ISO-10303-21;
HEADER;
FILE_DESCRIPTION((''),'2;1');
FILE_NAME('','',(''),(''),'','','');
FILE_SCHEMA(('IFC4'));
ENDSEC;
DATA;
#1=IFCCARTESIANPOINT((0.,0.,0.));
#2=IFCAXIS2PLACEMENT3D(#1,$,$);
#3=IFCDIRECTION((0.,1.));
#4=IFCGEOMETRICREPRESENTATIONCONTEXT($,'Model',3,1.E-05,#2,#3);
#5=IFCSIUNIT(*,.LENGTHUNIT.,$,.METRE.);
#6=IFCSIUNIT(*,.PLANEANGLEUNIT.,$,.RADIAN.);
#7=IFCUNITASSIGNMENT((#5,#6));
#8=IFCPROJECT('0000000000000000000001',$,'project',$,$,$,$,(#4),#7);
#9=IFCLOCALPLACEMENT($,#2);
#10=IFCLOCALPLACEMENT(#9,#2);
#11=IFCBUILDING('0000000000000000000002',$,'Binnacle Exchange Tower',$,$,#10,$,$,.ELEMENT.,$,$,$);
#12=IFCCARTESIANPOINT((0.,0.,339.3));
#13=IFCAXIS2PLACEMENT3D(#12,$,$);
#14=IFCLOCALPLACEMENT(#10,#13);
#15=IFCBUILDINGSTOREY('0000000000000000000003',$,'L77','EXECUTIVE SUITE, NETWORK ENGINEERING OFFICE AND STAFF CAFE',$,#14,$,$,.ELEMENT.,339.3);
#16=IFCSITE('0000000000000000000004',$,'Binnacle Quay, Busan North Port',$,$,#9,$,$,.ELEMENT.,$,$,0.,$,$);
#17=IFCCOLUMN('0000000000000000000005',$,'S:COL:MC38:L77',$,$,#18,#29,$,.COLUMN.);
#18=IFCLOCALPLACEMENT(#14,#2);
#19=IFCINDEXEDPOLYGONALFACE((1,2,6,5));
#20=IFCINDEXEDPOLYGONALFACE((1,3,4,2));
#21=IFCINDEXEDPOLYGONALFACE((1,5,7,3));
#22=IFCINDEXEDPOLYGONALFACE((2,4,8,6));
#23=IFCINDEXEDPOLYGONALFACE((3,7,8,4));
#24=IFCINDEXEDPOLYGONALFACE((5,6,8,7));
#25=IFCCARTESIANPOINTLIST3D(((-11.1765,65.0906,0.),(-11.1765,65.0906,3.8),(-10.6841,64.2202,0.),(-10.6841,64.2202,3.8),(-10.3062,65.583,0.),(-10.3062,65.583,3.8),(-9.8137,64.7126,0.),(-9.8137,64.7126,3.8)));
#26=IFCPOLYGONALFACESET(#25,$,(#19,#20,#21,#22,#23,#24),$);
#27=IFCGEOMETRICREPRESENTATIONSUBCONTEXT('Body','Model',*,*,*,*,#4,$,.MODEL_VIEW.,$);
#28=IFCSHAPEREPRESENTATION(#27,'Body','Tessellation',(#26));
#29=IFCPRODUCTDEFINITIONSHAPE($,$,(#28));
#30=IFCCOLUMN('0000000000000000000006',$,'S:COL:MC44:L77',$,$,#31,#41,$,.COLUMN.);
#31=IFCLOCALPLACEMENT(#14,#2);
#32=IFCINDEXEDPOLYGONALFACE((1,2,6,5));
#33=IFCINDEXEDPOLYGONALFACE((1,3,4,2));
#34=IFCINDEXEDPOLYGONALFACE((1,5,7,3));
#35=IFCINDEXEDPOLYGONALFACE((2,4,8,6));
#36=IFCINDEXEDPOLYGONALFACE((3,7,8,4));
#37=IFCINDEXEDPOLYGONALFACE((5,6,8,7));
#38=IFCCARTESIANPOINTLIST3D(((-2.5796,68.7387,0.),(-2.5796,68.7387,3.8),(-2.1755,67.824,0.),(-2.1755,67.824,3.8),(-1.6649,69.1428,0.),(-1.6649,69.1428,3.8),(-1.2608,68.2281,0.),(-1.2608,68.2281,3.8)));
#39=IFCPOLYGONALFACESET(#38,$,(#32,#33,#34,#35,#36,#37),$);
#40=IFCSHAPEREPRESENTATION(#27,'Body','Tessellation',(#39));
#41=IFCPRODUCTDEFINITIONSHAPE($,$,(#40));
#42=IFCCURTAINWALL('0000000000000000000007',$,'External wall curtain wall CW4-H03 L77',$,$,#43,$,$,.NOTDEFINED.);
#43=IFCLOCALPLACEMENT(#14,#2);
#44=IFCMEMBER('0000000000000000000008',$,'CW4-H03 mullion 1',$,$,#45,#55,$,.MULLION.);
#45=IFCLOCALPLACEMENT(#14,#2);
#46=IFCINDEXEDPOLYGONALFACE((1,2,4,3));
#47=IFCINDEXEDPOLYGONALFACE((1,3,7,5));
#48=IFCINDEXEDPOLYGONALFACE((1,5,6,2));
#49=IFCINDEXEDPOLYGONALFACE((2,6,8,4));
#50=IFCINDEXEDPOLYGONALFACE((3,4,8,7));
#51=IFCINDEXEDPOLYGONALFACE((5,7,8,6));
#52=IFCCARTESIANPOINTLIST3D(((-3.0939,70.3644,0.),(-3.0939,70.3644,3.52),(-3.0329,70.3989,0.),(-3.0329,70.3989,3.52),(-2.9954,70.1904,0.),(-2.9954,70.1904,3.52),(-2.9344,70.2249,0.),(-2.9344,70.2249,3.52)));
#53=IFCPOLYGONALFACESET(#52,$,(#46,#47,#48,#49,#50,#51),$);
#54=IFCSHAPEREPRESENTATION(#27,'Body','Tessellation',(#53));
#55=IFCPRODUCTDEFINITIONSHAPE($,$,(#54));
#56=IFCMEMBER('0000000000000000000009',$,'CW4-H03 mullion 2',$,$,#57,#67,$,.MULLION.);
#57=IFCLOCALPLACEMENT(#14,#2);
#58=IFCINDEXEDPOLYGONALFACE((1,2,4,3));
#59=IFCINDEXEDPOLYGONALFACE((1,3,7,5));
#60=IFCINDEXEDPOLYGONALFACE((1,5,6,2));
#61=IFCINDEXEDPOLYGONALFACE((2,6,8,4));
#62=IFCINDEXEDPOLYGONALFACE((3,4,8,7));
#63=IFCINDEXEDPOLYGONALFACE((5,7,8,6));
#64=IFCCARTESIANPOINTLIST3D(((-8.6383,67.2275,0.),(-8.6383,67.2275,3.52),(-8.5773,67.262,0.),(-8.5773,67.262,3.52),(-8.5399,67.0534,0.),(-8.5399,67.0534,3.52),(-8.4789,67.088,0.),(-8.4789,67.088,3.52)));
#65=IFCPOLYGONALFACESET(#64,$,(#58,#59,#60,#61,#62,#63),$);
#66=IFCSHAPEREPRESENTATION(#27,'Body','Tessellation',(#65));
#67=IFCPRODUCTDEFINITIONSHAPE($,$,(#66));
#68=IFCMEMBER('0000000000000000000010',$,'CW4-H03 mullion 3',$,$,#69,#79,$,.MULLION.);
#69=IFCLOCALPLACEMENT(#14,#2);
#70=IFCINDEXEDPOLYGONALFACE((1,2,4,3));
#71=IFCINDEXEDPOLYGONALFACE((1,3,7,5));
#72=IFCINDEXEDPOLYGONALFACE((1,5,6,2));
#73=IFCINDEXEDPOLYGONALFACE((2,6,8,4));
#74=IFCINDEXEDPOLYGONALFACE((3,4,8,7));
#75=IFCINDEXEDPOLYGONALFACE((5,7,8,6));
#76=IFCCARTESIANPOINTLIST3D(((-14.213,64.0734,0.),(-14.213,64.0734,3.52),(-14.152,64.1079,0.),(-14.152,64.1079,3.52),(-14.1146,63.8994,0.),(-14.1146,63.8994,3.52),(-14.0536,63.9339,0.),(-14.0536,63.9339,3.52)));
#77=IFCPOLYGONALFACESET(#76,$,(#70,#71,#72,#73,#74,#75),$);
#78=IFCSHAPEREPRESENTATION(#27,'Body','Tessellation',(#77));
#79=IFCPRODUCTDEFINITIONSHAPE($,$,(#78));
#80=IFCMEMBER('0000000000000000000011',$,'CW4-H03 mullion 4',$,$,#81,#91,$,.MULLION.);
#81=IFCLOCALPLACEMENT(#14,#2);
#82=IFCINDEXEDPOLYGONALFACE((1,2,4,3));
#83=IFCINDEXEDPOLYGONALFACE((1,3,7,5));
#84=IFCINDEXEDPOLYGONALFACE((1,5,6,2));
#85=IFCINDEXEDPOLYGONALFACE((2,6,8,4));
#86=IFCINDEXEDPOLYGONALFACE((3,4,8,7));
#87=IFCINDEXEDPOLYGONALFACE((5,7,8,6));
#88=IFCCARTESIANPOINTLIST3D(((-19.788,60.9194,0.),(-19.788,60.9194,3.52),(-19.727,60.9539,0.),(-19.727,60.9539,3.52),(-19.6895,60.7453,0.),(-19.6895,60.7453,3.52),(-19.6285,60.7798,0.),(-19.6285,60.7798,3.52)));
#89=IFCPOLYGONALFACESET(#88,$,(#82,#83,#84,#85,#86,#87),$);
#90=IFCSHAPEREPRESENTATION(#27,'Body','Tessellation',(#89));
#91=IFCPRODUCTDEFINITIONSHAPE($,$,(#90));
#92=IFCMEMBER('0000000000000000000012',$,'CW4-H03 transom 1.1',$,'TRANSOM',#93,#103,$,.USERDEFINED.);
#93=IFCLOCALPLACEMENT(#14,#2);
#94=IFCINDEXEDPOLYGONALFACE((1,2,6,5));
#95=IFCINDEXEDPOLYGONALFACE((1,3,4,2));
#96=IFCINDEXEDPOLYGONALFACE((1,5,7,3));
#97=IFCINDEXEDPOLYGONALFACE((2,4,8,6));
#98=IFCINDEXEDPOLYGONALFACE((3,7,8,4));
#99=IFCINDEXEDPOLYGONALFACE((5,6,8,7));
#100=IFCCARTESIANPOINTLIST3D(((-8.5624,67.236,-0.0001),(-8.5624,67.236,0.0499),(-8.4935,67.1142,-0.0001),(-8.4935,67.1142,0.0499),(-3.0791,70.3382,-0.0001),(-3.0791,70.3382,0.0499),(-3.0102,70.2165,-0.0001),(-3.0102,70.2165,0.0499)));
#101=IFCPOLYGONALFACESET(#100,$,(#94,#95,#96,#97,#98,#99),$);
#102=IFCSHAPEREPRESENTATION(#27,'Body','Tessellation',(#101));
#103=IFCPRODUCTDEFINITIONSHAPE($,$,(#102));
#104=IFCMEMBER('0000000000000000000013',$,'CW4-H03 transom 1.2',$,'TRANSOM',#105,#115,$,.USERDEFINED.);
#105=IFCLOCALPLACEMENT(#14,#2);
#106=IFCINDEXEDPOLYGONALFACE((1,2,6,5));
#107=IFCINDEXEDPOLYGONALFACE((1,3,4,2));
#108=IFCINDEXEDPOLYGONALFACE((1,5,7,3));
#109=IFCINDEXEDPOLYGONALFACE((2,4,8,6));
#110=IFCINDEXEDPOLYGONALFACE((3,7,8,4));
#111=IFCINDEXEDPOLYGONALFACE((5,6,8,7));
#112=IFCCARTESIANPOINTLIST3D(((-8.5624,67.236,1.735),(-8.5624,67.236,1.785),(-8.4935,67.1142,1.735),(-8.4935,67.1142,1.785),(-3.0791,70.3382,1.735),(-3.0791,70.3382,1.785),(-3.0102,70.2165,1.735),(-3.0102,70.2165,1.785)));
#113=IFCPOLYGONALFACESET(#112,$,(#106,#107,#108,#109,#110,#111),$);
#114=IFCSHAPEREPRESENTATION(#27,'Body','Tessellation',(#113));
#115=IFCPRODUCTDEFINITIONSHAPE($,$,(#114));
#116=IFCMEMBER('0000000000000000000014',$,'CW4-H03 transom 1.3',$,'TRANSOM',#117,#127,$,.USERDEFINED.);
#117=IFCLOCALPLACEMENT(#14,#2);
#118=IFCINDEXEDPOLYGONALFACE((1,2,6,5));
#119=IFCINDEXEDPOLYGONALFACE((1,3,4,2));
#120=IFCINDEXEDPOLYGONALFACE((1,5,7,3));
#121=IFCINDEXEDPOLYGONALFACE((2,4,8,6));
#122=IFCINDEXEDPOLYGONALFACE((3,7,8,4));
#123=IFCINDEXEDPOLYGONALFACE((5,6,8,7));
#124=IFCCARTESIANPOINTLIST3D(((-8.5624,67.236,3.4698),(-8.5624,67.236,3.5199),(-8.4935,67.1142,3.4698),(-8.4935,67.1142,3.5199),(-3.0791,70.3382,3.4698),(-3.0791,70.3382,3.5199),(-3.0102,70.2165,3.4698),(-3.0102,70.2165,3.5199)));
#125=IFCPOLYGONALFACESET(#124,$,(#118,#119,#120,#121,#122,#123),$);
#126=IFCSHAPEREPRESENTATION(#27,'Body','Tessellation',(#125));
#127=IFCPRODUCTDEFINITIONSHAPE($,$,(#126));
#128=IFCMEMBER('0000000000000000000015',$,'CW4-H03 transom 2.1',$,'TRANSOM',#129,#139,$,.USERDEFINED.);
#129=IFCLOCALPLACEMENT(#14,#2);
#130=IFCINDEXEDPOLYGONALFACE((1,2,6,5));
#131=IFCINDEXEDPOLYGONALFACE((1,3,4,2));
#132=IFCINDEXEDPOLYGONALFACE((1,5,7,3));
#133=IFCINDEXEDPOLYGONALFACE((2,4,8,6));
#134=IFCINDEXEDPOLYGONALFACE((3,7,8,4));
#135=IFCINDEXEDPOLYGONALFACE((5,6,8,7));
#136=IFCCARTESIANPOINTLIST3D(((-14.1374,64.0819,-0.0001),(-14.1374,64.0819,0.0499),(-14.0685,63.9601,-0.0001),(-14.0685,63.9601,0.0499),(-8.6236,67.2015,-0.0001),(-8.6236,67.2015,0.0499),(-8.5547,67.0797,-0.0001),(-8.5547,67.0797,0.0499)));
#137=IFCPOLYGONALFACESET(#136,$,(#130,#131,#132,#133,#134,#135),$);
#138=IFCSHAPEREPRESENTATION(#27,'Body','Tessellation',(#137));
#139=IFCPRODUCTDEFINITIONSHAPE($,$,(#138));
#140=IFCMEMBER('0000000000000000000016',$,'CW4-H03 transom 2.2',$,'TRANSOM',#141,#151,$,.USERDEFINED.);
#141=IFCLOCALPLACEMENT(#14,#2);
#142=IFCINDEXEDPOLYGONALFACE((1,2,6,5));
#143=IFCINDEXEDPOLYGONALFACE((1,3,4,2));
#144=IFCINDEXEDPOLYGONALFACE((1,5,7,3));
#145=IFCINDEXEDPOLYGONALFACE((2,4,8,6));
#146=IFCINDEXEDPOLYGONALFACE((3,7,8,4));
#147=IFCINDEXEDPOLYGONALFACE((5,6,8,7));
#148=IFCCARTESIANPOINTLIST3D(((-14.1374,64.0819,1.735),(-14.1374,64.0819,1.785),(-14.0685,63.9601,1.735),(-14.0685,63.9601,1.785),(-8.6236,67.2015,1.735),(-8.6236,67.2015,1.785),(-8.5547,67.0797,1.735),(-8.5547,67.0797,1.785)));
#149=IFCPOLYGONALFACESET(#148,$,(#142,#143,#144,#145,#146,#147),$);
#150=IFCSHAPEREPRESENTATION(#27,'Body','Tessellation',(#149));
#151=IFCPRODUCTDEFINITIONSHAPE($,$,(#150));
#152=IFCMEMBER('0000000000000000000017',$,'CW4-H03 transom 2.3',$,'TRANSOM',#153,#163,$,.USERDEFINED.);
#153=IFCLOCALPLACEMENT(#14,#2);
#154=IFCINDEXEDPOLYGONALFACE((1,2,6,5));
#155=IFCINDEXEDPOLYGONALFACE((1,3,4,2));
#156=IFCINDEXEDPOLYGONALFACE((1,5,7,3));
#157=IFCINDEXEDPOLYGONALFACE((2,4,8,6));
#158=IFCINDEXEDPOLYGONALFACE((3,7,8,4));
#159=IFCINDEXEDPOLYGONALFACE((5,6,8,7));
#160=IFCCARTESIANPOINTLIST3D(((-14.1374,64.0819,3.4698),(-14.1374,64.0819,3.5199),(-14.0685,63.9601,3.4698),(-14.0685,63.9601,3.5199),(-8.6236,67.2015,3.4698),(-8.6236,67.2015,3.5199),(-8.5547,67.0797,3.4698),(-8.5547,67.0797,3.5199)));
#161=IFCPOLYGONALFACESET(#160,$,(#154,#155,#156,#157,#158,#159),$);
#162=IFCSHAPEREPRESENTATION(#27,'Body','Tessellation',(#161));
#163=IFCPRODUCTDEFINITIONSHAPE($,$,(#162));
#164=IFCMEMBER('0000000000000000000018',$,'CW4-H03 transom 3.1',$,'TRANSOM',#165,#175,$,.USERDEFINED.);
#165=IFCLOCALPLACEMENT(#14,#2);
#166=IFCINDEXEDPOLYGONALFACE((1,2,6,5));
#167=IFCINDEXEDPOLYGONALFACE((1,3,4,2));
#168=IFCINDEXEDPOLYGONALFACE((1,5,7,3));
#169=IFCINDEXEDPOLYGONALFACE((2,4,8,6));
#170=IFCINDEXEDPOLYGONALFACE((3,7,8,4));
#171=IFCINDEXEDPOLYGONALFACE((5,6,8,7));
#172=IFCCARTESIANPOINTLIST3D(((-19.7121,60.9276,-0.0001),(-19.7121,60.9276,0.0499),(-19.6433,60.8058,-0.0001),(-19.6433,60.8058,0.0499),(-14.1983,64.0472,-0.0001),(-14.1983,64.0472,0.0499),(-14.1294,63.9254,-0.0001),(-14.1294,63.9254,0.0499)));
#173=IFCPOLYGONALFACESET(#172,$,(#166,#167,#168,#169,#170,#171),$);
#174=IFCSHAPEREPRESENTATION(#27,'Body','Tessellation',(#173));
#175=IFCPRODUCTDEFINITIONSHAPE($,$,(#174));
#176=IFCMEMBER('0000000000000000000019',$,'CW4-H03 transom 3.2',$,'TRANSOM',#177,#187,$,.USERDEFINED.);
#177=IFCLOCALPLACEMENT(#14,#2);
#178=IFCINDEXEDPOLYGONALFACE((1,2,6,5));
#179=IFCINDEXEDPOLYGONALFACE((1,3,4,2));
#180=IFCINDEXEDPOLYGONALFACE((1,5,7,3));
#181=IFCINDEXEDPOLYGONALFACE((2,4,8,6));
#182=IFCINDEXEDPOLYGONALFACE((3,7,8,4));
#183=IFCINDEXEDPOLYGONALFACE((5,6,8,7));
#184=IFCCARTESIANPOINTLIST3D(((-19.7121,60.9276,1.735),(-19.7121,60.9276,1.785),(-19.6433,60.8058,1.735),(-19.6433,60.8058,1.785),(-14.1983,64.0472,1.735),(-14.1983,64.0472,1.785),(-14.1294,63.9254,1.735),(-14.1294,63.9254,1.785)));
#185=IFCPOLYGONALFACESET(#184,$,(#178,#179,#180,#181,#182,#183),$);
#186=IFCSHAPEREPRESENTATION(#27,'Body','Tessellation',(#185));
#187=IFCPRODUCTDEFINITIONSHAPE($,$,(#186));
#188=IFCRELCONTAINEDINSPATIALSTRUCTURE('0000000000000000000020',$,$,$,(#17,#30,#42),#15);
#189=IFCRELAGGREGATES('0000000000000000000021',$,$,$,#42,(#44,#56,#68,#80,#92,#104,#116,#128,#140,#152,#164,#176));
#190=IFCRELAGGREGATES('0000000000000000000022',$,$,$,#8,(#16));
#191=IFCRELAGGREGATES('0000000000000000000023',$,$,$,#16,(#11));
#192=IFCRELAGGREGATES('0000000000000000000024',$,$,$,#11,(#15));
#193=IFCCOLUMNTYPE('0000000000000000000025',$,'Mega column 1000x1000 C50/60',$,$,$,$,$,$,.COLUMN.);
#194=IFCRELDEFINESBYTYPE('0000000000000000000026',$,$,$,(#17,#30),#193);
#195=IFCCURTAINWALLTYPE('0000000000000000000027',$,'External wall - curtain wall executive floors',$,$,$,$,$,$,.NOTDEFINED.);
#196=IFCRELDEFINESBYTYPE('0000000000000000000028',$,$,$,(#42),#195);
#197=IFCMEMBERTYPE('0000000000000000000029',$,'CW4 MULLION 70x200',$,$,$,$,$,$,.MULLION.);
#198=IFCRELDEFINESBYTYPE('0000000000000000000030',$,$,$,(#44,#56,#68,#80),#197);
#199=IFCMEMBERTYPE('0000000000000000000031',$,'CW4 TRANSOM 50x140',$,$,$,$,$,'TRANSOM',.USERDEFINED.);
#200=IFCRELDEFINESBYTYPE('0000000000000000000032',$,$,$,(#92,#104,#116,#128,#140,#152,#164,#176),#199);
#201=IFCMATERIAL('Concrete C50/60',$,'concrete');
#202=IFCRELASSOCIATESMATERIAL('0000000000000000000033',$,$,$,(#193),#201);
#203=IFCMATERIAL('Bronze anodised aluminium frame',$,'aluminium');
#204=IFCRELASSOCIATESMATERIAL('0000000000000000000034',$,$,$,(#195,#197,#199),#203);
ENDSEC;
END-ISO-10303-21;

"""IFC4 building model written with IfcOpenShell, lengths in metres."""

from ifc_helpers import new_model, si_unit, direction, frame, origin, origin_2d, place, context, subcontext, project, spatial, rectangle, extrude, material, material_profile, profile_set, type_object, element, aggregate, save


model = new_model("IFC4")

# Units and contexts
model_context = context("Model", 3, precision=1e-05, world=origin(), true_north=direction((0.0, 1.0)))
body_context = subcontext(model_context, "Body", "Model", "MODEL_VIEW")
ifc_project = project(units=[si_unit("LENGTHUNIT", "METRE"), si_unit("PLANEANGLEUNIT", "RADIAN")], contexts=[model_context])

# Site, building, storey
site_placement = place(None, origin())
site = spatial("IfcSite", under=ifc_project, at=site_placement, Name="Binnacle Quay, Busan North Port", CompositionType="ELEMENT", RefElevation=0.0)
building_placement = place(site_placement, origin())
building = spatial("IfcBuilding", under=site, at=building_placement, Name="Binnacle Exchange Tower", CompositionType="ELEMENT")
storey_placement = place(building_placement, frame((0.0, 0.0, 339.3)))
storey = spatial("IfcBuildingStorey", under=building, at=storey_placement, Name="L77", Description="EXECUTIVE SUITE, NETWORK ENGINEERING OFFICE AND STAFF CAFE", CompositionType="ELEMENT", Elevation=339.3)

# Columns
ifc_material_1 = material(Name="Concrete C50/60", Category="concrete")
ifc_material_profile_1 = material_profile(ifc_material_1, rectangle(XDim=1.0, YDim=1.0, at=origin_2d()), Name="Mega column 1000x1000 C50/60")
ifc_profile_set_1 = profile_set([ifc_material_profile_1], Name="Concrete C50/60")
column_type = type_object("IfcColumnType", Name="Mega column 1000x1000 C50/60", PredefinedType="COLUMN", material=ifc_profile_set_1)
for number, where, z_axis, x_axis, name in (
    (1, (-10.4951, 64.9016, 0.0), (0.0, 0.0, 1.0), (-0.870356, -0.492424, 0.0), "S:COL:MC38:L77"),
    (2, (-1.9202, 68.4834, 0.0), (0.0, 0.0, 1.0), (-0.914713, -0.404104, 0.0), "S:COL:MC44:L77"),
):
    element("IfcColumn", number, at=place(storey_placement, frame(where, z_axis=z_axis, x_axis=x_axis)), inside=storey, type_object=column_type, Name=name, PredefinedType="COLUMN", context=body_context, shape_type="SweptSolid", body=[
        extrude(rectangle(XDim=1.0, YDim=1.0, at=origin_2d()), origin(), (0.0, 0.0, 1.0), 3.8),
    ])

# Curtain wall, members
ifc_material_2 = material(Name="Bronze anodised aluminium frame", Category="aluminium")
curtain_wall_type = type_object("IfcCurtainWallType", Name="External wall - curtain wall executive floors", PredefinedType="NOTDEFINED", material=ifc_material_2)
curtain_wall_placement = place(storey_placement, origin())
curtain_wall = element("IfcCurtainWall", 3, at=curtain_wall_placement, inside=storey, type_object=curtain_wall_type, Name="External wall curtain wall CW4-H03 L77", PredefinedType="NOTDEFINED")
ifc_material_profile_2 = material_profile(ifc_material_2, rectangle(XDim=0.2, YDim=0.0701, at=origin_2d()), Name="AL 70x200")
ifc_profile_set_2 = profile_set([ifc_material_profile_2], Name="Bronze anodised aluminium frame")
member_type_1 = type_object("IfcMemberType", Name="CW4 MULLION 70x200", PredefinedType="MULLION", material=ifc_profile_set_2)
member_1_placement = place(storey_placement, frame((-3.0142, 70.2947, 0.0), z_axis=(0.0, 0.0, 1.0), x_axis=(0.492424, -0.870356, 0.0)))
member_1 = element("IfcMember", 4, at=member_1_placement, type_object=member_type_1, Name="CW4-H03 mullion 1", PredefinedType="MULLION", context=body_context, shape_type="SweptSolid", body=[
    extrude(rectangle(XDim=0.2, YDim=0.0701, at=origin_2d()), origin(), (0.0, 0.0, 1.0), 3.52),
])
member_2_placement = place(storey_placement, frame((-8.5586, 67.1577, 0.0), z_axis=(0.0, 0.0, 1.0), x_axis=(0.492424, -0.870356, 0.0)))
member_2 = element("IfcMember", 5, at=member_2_placement, type_object=member_type_1, Name="CW4-H03 mullion 2", PredefinedType="MULLION", context=body_context, shape_type="SweptSolid", body=[
    extrude(rectangle(XDim=0.2, YDim=0.0701, at=origin_2d()), origin(), (0.0, 0.0, 1.0), 3.52),
])
member_3_placement = place(storey_placement, frame((-14.1333, 64.0037, 0.0), z_axis=(0.0, 0.0, 1.0), x_axis=(0.492424, -0.870356, 0.0)))
member_3 = element("IfcMember", 6, at=member_3_placement, type_object=member_type_1, Name="CW4-H03 mullion 3", PredefinedType="MULLION", context=body_context, shape_type="SweptSolid", body=[
    extrude(rectangle(XDim=0.2, YDim=0.0701, at=origin_2d()), origin(), (0.0, 0.0, 1.0), 3.52),
])
member_4_placement = place(storey_placement, frame((-19.7083, 60.8496, 0.0), z_axis=(0.0, 0.0, 1.0), x_axis=(0.492424, -0.870356, 0.0)))
member_4 = element("IfcMember", 7, at=member_4_placement, type_object=member_type_1, Name="CW4-H03 mullion 4", PredefinedType="MULLION", context=body_context, shape_type="SweptSolid", body=[
    extrude(rectangle(XDim=0.2, YDim=0.0701, at=origin_2d()), origin(), (0.0, 0.0, 1.0), 3.52),
])
ifc_material_profile_3 = material_profile(ifc_material_2, rectangle(XDim=0.1399, YDim=0.05, at=origin_2d()), Name="AL 140x50")
ifc_profile_set_3 = profile_set([ifc_material_profile_3], Name="Bronze anodised aluminium frame")
member_type_2 = type_object("IfcMemberType", Name="CW4 TRANSOM 50x140", ElementType="TRANSOM", PredefinedType="USERDEFINED", material=ifc_profile_set_3)
member_5_placement = place(storey_placement, frame((-3.0447, 70.2773, 0.0249), z_axis=(-0.87036, -0.492416, 0.0), x_axis=(0.492416, -0.87036, 0.0)))
member_5 = element("IfcMember", 8, at=member_5_placement, type_object=member_type_2, Name="CW4-H03 transom 1.1", ObjectType="TRANSOM", PredefinedType="USERDEFINED", context=body_context, shape_type="SweptSolid", body=[
    extrude(rectangle(XDim=0.1399, YDim=0.05, at=origin_2d()), origin(), (0.0, 0.0, 1.0), 6.3),
])
member_6_placement = place(storey_placement, frame((-3.0447, 70.2773, 1.76), z_axis=(-0.87036, -0.492416, 0.0), x_axis=(0.492416, -0.87036, 0.0)))
member_6 = element("IfcMember", 9, at=member_6_placement, type_object=member_type_2, Name="CW4-H03 transom 1.2", ObjectType="TRANSOM", PredefinedType="USERDEFINED", context=body_context, shape_type="SweptSolid", body=[
    extrude(rectangle(XDim=0.1399, YDim=0.05, at=origin_2d()), origin(), (0.0, 0.0, 1.0), 6.3),
])
member_7_placement = place(storey_placement, frame((-3.0447, 70.2773, 3.4949), z_axis=(-0.87036, -0.492416, 0.0), x_axis=(0.492416, -0.87036, 0.0)))
member_7 = element("IfcMember", 10, at=member_7_placement, type_object=member_type_2, Name="CW4-H03 transom 1.3", ObjectType="TRANSOM", PredefinedType="USERDEFINED", context=body_context, shape_type="SweptSolid", body=[
    extrude(rectangle(XDim=0.1399, YDim=0.05, at=origin_2d()), origin(), (0.0, 0.0, 1.0), 6.3),
])
member_8_placement = place(storey_placement, frame((-8.5891, 67.1406, 0.0249), z_axis=(-0.870355, -0.492424, 0.0), x_axis=(0.492424, -0.870355, 0.0)))
member_8 = element("IfcMember", 11, at=member_8_placement, type_object=member_type_2, Name="CW4-H03 transom 2.1", ObjectType="TRANSOM", PredefinedType="USERDEFINED", context=body_context, shape_type="SweptSolid", body=[
    extrude(rectangle(XDim=0.1399, YDim=0.05, at=origin_2d()), origin(), (0.0, 0.0, 1.0), 6.3352),
])
member_9_placement = place(storey_placement, frame((-8.5891, 67.1406, 1.76), z_axis=(-0.870355, -0.492424, 0.0), x_axis=(0.492424, -0.870355, 0.0)))
member_9 = element("IfcMember", 12, at=member_9_placement, type_object=member_type_2, Name="CW4-H03 transom 2.2", ObjectType="TRANSOM", PredefinedType="USERDEFINED", context=body_context, shape_type="SweptSolid", body=[
    extrude(rectangle(XDim=0.1399, YDim=0.05, at=origin_2d()), origin(), (0.0, 0.0, 1.0), 6.3352),
])
member_10_placement = place(storey_placement, frame((-8.5891, 67.1406, 3.4949), z_axis=(-0.870355, -0.492424, 0.0), x_axis=(0.492424, -0.870355, 0.0)))
member_10 = element("IfcMember", 13, at=member_10_placement, type_object=member_type_2, Name="CW4-H03 transom 2.3", ObjectType="TRANSOM", PredefinedType="USERDEFINED", context=body_context, shape_type="SweptSolid", body=[
    extrude(rectangle(XDim=0.1399, YDim=0.05, at=origin_2d()), origin(), (0.0, 0.0, 1.0), 6.3352),
])
member_11_placement = place(storey_placement, frame((-14.1638, 63.9863, 0.0249), z_axis=(-0.870355, -0.492424, 0.0), x_axis=(0.492424, -0.870355, 0.0)))
member_11 = element("IfcMember", 14, at=member_11_placement, type_object=member_type_2, Name="CW4-H03 transom 3.1", ObjectType="TRANSOM", PredefinedType="USERDEFINED", context=body_context, shape_type="SweptSolid", body=[
    extrude(rectangle(XDim=0.1399, YDim=0.05, at=origin_2d()), origin(), (0.0, 0.0, 1.0), 6.3352),
])
member_12_placement = place(storey_placement, frame((-14.1638, 63.9863, 1.76), z_axis=(-0.870355, -0.492424, 0.0), x_axis=(0.492424, -0.870355, 0.0)))
member_12 = element("IfcMember", 15, at=member_12_placement, type_object=member_type_2, Name="CW4-H03 transom 3.2", ObjectType="TRANSOM", PredefinedType="USERDEFINED", context=body_context, shape_type="SweptSolid", body=[
    extrude(rectangle(XDim=0.1399, YDim=0.05, at=origin_2d()), origin(), (0.0, 0.0, 1.0), 6.3352),
])

aggregate(curtain_wall, [member_1, member_2, member_3, member_4, member_5, member_6, member_7, member_8, member_9, member_10, member_11, member_12])

save(model, "model.ifc")
